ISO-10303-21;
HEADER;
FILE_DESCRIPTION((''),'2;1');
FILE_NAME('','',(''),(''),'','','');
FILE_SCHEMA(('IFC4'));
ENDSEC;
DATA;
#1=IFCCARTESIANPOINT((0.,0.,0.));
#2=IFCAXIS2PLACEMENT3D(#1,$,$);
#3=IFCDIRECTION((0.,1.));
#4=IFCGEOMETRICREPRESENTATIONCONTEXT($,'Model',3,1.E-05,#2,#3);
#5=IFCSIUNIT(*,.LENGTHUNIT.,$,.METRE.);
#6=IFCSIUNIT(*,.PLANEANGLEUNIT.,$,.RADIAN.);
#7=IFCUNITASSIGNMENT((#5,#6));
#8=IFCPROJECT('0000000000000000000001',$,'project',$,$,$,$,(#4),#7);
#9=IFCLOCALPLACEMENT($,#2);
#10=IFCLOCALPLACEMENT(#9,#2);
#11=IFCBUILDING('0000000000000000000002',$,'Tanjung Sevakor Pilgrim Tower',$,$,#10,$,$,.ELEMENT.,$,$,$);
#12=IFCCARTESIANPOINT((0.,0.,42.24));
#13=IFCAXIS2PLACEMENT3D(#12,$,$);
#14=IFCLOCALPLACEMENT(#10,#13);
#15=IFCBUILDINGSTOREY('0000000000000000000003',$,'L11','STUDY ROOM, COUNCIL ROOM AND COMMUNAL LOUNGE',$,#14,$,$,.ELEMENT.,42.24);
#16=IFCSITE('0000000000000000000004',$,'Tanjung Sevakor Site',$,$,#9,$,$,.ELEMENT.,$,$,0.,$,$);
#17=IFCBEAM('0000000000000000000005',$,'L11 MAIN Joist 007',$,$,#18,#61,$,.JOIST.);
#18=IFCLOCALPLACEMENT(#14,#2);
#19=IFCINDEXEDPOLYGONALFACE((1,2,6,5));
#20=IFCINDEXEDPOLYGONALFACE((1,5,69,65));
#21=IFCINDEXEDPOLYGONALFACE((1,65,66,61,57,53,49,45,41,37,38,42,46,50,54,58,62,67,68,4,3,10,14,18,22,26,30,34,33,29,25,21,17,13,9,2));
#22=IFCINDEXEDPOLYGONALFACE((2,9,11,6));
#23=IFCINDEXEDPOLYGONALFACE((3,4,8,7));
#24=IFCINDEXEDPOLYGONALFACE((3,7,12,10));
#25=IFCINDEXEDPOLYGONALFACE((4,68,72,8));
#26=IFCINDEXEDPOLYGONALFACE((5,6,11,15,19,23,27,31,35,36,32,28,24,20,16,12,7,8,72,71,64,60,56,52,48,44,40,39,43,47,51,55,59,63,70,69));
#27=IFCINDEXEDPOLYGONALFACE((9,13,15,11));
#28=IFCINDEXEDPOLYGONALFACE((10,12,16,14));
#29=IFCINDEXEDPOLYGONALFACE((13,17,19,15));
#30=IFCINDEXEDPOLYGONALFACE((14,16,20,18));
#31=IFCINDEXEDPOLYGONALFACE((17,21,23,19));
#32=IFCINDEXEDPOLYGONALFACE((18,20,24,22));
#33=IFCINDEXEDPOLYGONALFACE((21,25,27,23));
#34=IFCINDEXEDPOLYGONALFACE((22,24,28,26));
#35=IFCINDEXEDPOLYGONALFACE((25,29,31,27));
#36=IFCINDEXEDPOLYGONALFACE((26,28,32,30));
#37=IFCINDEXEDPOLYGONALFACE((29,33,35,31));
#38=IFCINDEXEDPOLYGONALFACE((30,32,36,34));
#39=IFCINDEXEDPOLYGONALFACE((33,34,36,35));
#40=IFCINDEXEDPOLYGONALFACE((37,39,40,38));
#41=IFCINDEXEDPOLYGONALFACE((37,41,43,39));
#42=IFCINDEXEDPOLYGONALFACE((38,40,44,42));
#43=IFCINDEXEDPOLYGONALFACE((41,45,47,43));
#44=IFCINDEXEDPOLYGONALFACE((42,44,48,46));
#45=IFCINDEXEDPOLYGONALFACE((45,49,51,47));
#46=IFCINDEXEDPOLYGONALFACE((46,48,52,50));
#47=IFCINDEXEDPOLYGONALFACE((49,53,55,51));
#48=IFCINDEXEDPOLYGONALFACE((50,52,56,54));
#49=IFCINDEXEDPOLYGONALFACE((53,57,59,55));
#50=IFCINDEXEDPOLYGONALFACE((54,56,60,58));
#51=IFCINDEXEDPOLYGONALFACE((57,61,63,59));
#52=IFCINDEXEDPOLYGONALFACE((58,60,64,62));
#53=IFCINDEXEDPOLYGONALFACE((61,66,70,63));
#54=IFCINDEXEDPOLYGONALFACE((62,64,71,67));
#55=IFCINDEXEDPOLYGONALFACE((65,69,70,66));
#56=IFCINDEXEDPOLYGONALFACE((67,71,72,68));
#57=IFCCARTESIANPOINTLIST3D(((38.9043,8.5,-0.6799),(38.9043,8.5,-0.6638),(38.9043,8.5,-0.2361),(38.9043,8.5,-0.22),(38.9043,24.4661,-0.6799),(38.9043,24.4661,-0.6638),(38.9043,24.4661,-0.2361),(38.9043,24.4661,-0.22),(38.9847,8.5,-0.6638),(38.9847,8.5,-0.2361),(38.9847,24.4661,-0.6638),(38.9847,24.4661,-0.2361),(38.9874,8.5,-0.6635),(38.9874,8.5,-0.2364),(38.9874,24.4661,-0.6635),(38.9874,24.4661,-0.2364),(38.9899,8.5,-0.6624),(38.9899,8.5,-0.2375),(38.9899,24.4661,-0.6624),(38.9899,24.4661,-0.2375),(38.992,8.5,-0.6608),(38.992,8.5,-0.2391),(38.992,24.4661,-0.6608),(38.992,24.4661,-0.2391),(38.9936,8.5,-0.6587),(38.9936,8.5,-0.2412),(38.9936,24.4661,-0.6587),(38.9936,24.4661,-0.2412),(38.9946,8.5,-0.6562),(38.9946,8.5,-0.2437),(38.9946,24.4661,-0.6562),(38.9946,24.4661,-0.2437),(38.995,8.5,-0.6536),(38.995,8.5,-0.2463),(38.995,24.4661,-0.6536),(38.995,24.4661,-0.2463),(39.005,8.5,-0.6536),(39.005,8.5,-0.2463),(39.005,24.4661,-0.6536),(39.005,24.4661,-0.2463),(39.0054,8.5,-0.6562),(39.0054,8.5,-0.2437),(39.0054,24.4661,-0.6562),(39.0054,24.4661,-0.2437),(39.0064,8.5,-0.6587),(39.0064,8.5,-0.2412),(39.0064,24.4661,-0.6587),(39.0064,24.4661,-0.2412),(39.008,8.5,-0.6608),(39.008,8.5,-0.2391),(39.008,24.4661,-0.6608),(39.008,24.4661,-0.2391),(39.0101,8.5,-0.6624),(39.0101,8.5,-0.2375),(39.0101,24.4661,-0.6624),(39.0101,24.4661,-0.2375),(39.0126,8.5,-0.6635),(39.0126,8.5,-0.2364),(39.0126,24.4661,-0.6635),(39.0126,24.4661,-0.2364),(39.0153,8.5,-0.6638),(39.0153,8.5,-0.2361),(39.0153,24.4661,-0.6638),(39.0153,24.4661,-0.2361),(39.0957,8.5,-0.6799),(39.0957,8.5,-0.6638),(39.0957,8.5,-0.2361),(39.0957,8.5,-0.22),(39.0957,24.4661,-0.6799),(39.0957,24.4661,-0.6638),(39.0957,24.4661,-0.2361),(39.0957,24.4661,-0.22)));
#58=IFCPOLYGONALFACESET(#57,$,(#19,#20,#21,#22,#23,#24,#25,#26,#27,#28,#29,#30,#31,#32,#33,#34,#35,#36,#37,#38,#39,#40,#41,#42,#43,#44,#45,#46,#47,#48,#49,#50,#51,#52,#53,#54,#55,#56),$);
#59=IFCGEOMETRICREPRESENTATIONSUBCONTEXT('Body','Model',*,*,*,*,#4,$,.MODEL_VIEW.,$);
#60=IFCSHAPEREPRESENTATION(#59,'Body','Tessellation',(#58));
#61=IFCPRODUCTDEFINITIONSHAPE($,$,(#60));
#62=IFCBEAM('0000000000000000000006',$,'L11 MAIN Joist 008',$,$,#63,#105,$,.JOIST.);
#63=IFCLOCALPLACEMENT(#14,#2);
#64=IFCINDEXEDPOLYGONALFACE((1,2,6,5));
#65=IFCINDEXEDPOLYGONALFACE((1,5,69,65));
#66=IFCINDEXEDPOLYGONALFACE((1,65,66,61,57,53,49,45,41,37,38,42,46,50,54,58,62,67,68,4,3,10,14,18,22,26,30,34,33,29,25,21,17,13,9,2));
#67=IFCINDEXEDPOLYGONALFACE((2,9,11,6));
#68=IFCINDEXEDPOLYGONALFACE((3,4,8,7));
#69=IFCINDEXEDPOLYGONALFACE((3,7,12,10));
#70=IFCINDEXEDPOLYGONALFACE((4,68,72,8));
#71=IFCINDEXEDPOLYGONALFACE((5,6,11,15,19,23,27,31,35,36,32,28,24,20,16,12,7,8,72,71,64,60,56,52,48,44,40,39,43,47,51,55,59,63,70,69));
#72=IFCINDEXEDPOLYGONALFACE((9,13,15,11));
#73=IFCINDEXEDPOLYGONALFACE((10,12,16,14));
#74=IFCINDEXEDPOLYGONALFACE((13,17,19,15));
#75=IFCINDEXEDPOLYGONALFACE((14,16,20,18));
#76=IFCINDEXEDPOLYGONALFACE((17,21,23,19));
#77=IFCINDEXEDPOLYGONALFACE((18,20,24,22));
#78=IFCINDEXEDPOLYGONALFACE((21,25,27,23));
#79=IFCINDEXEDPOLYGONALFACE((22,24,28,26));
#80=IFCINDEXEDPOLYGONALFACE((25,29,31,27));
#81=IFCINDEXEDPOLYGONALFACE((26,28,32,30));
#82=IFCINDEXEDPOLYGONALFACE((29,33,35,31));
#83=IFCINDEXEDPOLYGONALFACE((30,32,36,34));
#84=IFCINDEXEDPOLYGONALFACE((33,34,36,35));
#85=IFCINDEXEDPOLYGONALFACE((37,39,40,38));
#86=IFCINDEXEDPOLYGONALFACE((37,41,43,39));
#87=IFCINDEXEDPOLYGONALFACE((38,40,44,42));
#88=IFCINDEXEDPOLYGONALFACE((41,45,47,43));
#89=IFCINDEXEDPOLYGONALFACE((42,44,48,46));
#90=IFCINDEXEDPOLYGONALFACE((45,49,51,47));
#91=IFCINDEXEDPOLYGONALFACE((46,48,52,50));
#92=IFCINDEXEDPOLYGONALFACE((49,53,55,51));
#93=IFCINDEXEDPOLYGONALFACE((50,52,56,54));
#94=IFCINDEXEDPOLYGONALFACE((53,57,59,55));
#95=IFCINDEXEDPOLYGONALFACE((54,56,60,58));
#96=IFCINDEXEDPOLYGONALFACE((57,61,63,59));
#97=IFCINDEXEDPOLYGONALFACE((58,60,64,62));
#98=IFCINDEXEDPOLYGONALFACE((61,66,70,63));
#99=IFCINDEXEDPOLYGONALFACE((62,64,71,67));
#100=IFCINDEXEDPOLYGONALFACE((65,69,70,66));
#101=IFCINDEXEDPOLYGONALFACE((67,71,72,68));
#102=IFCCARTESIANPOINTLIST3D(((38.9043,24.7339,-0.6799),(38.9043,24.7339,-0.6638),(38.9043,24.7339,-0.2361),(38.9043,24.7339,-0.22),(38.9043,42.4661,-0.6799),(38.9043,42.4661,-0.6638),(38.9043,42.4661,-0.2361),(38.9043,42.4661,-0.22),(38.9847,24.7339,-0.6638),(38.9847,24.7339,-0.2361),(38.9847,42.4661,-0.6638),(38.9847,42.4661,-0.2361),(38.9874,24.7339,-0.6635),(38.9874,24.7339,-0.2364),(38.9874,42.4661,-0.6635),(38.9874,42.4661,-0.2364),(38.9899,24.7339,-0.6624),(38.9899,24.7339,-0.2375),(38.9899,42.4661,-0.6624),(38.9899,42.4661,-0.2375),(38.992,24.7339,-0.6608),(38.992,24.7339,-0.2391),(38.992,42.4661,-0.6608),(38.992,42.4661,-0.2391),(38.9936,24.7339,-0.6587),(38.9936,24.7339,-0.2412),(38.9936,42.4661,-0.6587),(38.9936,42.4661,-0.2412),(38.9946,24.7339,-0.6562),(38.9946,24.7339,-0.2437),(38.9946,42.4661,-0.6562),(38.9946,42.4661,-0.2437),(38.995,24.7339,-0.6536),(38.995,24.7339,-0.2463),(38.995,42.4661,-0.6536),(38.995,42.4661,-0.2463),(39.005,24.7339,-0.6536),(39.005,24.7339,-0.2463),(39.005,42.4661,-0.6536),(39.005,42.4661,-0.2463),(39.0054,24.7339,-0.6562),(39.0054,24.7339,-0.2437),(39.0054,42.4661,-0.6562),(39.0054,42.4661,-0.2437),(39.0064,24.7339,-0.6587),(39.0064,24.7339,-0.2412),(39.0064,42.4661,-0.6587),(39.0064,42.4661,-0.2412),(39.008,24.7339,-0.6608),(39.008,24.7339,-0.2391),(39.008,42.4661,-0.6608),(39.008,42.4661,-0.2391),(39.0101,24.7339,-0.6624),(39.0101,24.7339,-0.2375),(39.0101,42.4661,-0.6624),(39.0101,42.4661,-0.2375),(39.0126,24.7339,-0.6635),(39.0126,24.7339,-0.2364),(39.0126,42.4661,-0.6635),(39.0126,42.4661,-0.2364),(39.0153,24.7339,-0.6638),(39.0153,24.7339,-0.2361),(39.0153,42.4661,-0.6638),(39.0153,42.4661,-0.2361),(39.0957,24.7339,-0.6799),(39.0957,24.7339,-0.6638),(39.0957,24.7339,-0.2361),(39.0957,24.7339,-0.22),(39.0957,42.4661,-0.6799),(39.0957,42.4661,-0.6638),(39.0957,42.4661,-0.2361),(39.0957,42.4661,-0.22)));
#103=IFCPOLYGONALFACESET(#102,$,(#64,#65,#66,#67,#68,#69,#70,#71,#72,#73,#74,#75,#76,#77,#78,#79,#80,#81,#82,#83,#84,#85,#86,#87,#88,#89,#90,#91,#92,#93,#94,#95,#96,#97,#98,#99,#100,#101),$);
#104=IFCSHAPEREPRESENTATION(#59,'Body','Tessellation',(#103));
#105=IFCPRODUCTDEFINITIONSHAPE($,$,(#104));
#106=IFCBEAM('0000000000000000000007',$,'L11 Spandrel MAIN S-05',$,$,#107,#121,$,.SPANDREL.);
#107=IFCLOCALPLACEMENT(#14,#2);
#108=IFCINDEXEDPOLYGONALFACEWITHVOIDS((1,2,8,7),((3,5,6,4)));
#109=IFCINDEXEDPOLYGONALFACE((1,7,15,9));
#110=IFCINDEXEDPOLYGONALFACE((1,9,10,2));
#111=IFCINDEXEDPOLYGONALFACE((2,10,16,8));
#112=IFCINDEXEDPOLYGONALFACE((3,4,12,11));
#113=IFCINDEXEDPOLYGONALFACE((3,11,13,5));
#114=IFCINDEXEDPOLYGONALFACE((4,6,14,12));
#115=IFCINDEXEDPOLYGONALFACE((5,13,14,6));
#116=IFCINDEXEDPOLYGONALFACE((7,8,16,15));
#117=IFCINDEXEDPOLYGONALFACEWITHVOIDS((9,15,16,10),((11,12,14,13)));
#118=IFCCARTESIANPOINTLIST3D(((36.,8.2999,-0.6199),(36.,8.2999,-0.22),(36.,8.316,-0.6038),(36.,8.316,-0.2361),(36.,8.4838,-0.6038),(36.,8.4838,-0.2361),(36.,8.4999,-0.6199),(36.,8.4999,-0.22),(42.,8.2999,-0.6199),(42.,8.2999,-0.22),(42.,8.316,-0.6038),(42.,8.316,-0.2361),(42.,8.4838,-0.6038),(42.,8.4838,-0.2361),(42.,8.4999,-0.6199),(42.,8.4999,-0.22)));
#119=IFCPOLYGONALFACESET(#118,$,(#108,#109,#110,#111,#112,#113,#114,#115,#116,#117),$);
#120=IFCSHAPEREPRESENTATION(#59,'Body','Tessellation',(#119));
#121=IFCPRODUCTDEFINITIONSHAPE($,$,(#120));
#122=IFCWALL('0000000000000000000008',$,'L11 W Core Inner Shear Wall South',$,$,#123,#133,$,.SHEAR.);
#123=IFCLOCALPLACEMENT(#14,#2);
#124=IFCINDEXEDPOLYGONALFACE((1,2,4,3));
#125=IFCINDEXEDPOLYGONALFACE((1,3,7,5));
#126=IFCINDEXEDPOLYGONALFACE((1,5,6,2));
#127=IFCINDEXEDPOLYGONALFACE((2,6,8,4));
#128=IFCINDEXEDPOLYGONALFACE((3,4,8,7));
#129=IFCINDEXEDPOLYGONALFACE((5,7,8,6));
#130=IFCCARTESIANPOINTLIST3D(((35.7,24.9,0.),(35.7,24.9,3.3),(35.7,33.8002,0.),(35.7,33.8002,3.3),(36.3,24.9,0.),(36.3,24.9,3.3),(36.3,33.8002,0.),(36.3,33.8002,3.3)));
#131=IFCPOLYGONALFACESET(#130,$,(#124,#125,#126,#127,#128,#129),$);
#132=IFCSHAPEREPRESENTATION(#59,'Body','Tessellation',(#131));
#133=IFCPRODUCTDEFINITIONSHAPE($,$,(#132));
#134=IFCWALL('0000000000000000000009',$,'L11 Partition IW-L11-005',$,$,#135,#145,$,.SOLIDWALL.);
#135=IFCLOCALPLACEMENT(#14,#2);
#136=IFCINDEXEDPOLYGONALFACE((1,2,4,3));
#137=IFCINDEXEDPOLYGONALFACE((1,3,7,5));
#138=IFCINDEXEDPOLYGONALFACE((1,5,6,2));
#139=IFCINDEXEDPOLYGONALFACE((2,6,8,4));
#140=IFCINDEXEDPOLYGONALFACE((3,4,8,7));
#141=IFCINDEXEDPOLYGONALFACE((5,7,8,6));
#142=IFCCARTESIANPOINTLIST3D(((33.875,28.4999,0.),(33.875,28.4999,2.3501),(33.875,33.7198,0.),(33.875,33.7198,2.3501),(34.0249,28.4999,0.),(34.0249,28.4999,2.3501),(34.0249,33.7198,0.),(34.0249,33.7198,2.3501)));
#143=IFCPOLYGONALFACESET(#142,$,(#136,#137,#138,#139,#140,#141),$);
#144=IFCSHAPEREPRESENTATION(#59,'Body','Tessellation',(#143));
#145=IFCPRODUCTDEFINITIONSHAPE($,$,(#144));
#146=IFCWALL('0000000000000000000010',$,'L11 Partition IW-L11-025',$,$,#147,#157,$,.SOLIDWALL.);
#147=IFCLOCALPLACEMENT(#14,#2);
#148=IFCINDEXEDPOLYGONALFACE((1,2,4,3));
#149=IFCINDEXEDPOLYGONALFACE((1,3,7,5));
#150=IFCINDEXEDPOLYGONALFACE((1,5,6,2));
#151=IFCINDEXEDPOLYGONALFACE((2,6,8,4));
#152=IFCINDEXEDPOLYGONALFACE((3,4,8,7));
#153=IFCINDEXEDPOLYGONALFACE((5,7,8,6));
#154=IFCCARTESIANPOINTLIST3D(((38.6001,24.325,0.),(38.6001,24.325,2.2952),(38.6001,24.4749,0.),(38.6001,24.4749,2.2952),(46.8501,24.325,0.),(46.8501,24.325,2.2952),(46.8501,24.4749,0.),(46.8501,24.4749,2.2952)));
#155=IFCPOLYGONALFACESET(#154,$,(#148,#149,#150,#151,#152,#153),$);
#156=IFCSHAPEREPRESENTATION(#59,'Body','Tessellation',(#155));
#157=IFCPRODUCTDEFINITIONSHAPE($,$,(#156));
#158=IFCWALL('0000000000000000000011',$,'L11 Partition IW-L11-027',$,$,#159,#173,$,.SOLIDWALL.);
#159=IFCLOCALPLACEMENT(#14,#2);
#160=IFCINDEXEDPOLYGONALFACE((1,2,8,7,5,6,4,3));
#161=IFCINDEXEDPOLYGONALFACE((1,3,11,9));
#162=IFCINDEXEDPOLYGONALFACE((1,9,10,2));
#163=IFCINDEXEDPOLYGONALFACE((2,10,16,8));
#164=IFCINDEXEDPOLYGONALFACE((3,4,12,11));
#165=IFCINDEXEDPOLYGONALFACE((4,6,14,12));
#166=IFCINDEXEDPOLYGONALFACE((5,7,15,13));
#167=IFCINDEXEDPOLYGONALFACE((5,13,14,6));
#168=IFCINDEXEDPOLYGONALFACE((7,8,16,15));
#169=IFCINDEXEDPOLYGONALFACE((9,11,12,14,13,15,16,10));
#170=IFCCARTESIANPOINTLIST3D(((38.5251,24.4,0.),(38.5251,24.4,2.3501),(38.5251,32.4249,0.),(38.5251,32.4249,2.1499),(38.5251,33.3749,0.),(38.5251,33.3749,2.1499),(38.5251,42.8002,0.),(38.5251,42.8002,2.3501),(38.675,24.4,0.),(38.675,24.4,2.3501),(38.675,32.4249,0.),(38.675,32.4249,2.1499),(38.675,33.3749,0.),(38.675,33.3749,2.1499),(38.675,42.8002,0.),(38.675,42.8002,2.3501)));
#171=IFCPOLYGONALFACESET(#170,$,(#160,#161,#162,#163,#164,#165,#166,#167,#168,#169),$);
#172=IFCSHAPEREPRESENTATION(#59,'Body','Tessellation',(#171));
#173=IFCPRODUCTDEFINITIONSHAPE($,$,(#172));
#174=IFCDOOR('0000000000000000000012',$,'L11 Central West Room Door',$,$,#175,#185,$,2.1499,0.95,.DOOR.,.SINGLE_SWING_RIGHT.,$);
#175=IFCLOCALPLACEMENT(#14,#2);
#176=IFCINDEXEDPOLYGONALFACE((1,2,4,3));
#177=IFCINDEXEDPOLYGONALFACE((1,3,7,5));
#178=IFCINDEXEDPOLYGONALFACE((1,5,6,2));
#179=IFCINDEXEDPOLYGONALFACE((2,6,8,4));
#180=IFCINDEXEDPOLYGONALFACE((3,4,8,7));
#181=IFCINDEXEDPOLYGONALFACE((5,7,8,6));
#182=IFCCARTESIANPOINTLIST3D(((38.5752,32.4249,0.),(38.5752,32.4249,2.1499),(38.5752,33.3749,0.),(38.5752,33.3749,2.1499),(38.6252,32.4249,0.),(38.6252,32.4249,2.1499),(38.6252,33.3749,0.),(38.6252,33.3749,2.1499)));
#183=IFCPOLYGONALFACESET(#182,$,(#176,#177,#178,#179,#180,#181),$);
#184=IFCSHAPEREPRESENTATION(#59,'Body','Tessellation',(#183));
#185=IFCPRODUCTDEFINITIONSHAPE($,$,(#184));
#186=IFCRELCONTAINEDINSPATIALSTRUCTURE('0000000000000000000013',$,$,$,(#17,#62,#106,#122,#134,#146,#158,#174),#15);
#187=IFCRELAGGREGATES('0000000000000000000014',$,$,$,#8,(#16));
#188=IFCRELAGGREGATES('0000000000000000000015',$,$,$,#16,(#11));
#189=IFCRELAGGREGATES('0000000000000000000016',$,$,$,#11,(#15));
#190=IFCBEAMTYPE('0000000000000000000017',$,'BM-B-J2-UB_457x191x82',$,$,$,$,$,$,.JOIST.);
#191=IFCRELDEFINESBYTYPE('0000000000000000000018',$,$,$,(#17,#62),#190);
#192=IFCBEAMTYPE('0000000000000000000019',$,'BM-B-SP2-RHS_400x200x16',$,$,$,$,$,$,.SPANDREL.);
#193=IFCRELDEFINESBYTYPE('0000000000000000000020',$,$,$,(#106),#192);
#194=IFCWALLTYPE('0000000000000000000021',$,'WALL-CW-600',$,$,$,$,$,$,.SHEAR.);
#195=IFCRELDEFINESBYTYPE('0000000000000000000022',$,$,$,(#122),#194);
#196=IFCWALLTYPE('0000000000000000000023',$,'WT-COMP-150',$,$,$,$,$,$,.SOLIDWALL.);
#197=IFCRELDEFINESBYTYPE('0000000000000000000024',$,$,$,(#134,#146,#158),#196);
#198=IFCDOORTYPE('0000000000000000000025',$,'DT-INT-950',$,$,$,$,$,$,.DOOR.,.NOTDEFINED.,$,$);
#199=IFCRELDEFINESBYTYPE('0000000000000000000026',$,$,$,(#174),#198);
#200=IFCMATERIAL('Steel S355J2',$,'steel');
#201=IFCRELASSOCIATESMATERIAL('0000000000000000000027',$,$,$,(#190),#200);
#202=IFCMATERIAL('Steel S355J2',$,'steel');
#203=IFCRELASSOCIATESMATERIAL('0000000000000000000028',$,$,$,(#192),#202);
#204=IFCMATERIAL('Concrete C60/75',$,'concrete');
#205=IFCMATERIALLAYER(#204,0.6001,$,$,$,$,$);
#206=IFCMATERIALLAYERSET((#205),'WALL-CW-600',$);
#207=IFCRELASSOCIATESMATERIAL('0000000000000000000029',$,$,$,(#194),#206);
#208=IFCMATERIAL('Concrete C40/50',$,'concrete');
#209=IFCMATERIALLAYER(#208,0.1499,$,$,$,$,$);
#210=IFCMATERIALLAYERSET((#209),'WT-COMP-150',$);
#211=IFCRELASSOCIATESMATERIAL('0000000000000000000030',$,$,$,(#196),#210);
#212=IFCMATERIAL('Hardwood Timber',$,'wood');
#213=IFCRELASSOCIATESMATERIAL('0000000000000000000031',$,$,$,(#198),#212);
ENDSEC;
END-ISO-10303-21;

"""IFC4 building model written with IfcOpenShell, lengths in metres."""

from ifc_helpers import new_model, si_unit, direction, frame, frame_2d, origin, origin_2d, place, context, subcontext, project, spatial, rectangle, hollow_rectangle, i_section, extrude, material, layer, layer_set, material_profile, profile_set, type_object, element, fill, save


model = new_model("IFC4")

# Units and contexts
model_context = context("Model", 3, precision=1e-05, world=origin(), true_north=direction((0.0, 1.0)))
body_context = subcontext(model_context, "Body", "Model", "MODEL_VIEW")
ifc_project = project(units=[si_unit("LENGTHUNIT", "METRE"), si_unit("PLANEANGLEUNIT", "RADIAN")], contexts=[model_context])

# Site, building, storey
site_placement = place(None, origin())
site = spatial("IfcSite", under=ifc_project, at=site_placement, Name="Tanjung Sevakor Site", CompositionType="ELEMENT", RefElevation=0.0)
building_placement = place(site_placement, origin())
building = spatial("IfcBuilding", under=site, at=building_placement, Name="Tanjung Sevakor Pilgrim Tower", CompositionType="ELEMENT")
storey_placement = place(building_placement, frame((0.0, 0.0, 42.24)))
storey = spatial("IfcBuildingStorey", under=building, at=storey_placement, Name="L11", Description="STUDY ROOM, COUNCIL ROOM AND COMMUNAL LOUNGE", CompositionType="ELEMENT", Elevation=42.24)

# Beams
ifc_material_1 = material(Name="Steel S355J2", Category="steel")
ifc_material_profile_1 = material_profile(ifc_material_1, i_section(OverallWidth=0.1914, OverallDepth=0.46, WebThickness=0.01, FlangeThickness=0.0161, FilletRadius=0.0103, at=origin_2d()))
ifc_profile_set_1 = profile_set([ifc_material_profile_1], Name="Steel S355J2")
beam_type_1 = type_object("IfcBeamType", Name="BM-B-J2-UB_457x191x82", PredefinedType="JOIST", material=ifc_profile_set_1)
for number, where, z_axis, x_axis, name in (
    (1, (39.0, 8.5, -0.45), (0.0, 1.0, 0.0), (-1.0, 0.0, 0.0), "L11 MAIN Joist 007"),
):
    element("IfcBeam", number, at=place(storey_placement, frame(where, z_axis=z_axis, x_axis=x_axis)), inside=storey, type_object=beam_type_1, Name=name, PredefinedType="JOIST", context=body_context, shape_type="SweptSolid", body=[
        extrude(i_section(OverallWidth=0.1914, OverallDepth=0.46, WebThickness=0.01, FlangeThickness=0.0161, FilletRadius=0.0103, at=origin_2d()), origin(), (0.0, 0.0, 1.0), 15.9661),
    ])
beam_1_placement = place(storey_placement, frame((39.0, 24.7339, -0.45), z_axis=(0.0, 1.0, 0.0), x_axis=(-1.0, 0.0, 0.0)))
element("IfcBeam", 2, at=beam_1_placement, inside=storey, type_object=beam_type_1, Name="L11 MAIN Joist 008", PredefinedType="JOIST", context=body_context, shape_type="SweptSolid", body=[
    extrude(i_section(OverallWidth=0.1914, OverallDepth=0.46, WebThickness=0.01, FlangeThickness=0.0161, FilletRadius=0.0103, at=origin_2d()), origin(), (0.0, 0.0, 1.0), 17.7322),
])
ifc_material_2 = material(Name="Steel S355J2", Category="steel")
ifc_material_profile_2 = material_profile(ifc_material_2, hollow_rectangle(XDim=0.2, YDim=0.3999, WallThickness=0.0161, at=origin_2d()))
ifc_profile_set_2 = profile_set([ifc_material_profile_2], Name="Steel S355J2")
beam_type_2 = type_object("IfcBeamType", Name="BM-B-SP2-RHS_400x200x16", PredefinedType="SPANDREL", material=ifc_profile_set_2)
beam_2_placement = place(storey_placement, frame((36.0, 8.3999, -0.4199), z_axis=(1.0, 0.0, 0.0), x_axis=(0.0, 1.0, 0.0)))
element("IfcBeam", 3, at=beam_2_placement, inside=storey, type_object=beam_type_2, Name="L11 Spandrel MAIN S-05", PredefinedType="SPANDREL", context=body_context, shape_type="SweptSolid", body=[
    extrude(hollow_rectangle(XDim=0.2, YDim=0.3999, WallThickness=0.0161, at=origin_2d()), origin(), (0.0, 0.0, 1.0), 6.0),
])

# Walls
ifc_material_3 = material(Name="Concrete C60/75", Category="concrete")
ifc_layer_1 = layer(ifc_material_3, 0.6001)
ifc_layer_set_1 = layer_set([ifc_layer_1], Name="WALL-CW-600")
wall_type_1 = type_object("IfcWallType", Name="WALL-CW-600", PredefinedType="SHEAR", material=ifc_layer_set_1)
wall_1_placement = place(storey_placement, frame((36.0, 24.8999, 0.0), z_axis=(0.0, 0.0, 1.0), x_axis=(0.0, 1.0, 0.0)))
element("IfcWall", 4, at=wall_1_placement, inside=storey, type_object=wall_type_1, Name="L11 W Core Inner Shear Wall South", PredefinedType="SHEAR", context=body_context, shape_type="SweptSolid", body=[
    extrude(rectangle(XDim=8.9001, YDim=0.6001, at=frame_2d((4.4502, 0.0))), origin(), (0.0, 0.0, 1.0), 3.3),
])
ifc_material_4 = material(Name="Concrete C40/50", Category="concrete")
ifc_layer_2 = layer(ifc_material_4, 0.1499)
ifc_layer_set_2 = layer_set([ifc_layer_2], Name="WT-COMP-150")
wall_type_2 = type_object("IfcWallType", Name="WT-COMP-150", PredefinedType="SOLIDWALL", material=ifc_layer_set_2)
wall_2_placement = place(storey_placement, frame((33.95, 28.5, 0.0), z_axis=(0.0, 0.0, 1.0), x_axis=(0.0, 1.0, 0.0)))
element("IfcWall", 5, at=wall_2_placement, inside=storey, type_object=wall_type_2, Name="L11 Partition IW-L11-005", PredefinedType="SOLIDWALL", context=body_context, shape_type="SweptSolid", body=[
    extrude(rectangle(XDim=5.22, YDim=0.1499, at=frame_2d((2.6099, 0.0))), origin(), (0.0, 0.0, 1.0), 2.3501),
])

# Wall
wall_3_placement = place(storey_placement, frame((38.6001, 24.3999, 0.0), z_axis=(0.0, 0.0, 1.0), x_axis=(1.0, 0.0, 0.0)))
element("IfcWall", 6, at=wall_3_placement, inside=storey, type_object=wall_type_2, Name="L11 Partition IW-L11-025", PredefinedType="SOLIDWALL", context=body_context, shape_type="SweptSolid", body=[
    extrude(rectangle(XDim=8.25, YDim=0.1499, at=frame_2d((4.125, 0.0))), origin(), (0.0, 0.0, 1.0), 2.2952),
])

# Wall, opening, door
wall_4_placement = place(storey_placement, frame((38.6001, 24.3999, 0.0), z_axis=(0.0, 0.0, 1.0), x_axis=(0.0, 1.0, 0.0)))
wall_4 = element("IfcWall", 7, at=wall_4_placement, inside=storey, type_object=wall_type_2, Name="L11 Partition IW-L11-027", PredefinedType="SOLIDWALL", context=body_context, shape_type="SweptSolid", body=[
    extrude(rectangle(XDim=18.4001, YDim=0.1499, at=frame_2d((9.2002, 0.0))), origin(), (0.0, 0.0, 1.0), 2.3501),
])
opening_1_placement = place(wall_4_placement, frame((8.0249, 0.0, 0.0)))
opening_1 = element("IfcOpeningElement", 8, at=opening_1_placement, cuts=wall_4, PredefinedType="OPENING", context=body_context, shape_type="SweptSolid", body=[
    extrude(rectangle(XDim=0.95, YDim=2.1499, at=frame_2d((0.4751, 1.075))), frame((0.0, 0.085, 0.0), z_axis=(0.0, -1.0, 0.0), x_axis=(1.0, 0.0, 0.0)), (0.0, 0.0, 1.0), 0.1699),
])
ifc_material_5 = material(Name="Hardwood Timber", Category="wood")
door_type_1 = type_object("IfcDoorType", Name="DT-INT-950", OperationType="NOTDEFINED", PredefinedType="DOOR", material=ifc_material_5)
door_1_placement = place(opening_1_placement, origin())
door_1 = element("IfcDoor", 9, at=door_1_placement, inside=storey, type_object=door_type_1, Name="L11 Central West Room Door", OperationType="SINGLE_SWING_RIGHT", OverallHeight=2.1499, OverallWidth=0.95, PredefinedType="DOOR", context=body_context, shape_type="SweptSolid", body=[
    extrude(rectangle(XDim=0.95, YDim=2.1499, at=frame_2d((0.4751, 1.075))), frame((0.0, 0.0249, 0.0), z_axis=(0.0, -1.0, 0.0), x_axis=(1.0, 0.0, 0.0)), (0.0, 0.0, 1.0), 0.05),
])
fill(opening_1, door_1)

save(model, "model.ifc")
